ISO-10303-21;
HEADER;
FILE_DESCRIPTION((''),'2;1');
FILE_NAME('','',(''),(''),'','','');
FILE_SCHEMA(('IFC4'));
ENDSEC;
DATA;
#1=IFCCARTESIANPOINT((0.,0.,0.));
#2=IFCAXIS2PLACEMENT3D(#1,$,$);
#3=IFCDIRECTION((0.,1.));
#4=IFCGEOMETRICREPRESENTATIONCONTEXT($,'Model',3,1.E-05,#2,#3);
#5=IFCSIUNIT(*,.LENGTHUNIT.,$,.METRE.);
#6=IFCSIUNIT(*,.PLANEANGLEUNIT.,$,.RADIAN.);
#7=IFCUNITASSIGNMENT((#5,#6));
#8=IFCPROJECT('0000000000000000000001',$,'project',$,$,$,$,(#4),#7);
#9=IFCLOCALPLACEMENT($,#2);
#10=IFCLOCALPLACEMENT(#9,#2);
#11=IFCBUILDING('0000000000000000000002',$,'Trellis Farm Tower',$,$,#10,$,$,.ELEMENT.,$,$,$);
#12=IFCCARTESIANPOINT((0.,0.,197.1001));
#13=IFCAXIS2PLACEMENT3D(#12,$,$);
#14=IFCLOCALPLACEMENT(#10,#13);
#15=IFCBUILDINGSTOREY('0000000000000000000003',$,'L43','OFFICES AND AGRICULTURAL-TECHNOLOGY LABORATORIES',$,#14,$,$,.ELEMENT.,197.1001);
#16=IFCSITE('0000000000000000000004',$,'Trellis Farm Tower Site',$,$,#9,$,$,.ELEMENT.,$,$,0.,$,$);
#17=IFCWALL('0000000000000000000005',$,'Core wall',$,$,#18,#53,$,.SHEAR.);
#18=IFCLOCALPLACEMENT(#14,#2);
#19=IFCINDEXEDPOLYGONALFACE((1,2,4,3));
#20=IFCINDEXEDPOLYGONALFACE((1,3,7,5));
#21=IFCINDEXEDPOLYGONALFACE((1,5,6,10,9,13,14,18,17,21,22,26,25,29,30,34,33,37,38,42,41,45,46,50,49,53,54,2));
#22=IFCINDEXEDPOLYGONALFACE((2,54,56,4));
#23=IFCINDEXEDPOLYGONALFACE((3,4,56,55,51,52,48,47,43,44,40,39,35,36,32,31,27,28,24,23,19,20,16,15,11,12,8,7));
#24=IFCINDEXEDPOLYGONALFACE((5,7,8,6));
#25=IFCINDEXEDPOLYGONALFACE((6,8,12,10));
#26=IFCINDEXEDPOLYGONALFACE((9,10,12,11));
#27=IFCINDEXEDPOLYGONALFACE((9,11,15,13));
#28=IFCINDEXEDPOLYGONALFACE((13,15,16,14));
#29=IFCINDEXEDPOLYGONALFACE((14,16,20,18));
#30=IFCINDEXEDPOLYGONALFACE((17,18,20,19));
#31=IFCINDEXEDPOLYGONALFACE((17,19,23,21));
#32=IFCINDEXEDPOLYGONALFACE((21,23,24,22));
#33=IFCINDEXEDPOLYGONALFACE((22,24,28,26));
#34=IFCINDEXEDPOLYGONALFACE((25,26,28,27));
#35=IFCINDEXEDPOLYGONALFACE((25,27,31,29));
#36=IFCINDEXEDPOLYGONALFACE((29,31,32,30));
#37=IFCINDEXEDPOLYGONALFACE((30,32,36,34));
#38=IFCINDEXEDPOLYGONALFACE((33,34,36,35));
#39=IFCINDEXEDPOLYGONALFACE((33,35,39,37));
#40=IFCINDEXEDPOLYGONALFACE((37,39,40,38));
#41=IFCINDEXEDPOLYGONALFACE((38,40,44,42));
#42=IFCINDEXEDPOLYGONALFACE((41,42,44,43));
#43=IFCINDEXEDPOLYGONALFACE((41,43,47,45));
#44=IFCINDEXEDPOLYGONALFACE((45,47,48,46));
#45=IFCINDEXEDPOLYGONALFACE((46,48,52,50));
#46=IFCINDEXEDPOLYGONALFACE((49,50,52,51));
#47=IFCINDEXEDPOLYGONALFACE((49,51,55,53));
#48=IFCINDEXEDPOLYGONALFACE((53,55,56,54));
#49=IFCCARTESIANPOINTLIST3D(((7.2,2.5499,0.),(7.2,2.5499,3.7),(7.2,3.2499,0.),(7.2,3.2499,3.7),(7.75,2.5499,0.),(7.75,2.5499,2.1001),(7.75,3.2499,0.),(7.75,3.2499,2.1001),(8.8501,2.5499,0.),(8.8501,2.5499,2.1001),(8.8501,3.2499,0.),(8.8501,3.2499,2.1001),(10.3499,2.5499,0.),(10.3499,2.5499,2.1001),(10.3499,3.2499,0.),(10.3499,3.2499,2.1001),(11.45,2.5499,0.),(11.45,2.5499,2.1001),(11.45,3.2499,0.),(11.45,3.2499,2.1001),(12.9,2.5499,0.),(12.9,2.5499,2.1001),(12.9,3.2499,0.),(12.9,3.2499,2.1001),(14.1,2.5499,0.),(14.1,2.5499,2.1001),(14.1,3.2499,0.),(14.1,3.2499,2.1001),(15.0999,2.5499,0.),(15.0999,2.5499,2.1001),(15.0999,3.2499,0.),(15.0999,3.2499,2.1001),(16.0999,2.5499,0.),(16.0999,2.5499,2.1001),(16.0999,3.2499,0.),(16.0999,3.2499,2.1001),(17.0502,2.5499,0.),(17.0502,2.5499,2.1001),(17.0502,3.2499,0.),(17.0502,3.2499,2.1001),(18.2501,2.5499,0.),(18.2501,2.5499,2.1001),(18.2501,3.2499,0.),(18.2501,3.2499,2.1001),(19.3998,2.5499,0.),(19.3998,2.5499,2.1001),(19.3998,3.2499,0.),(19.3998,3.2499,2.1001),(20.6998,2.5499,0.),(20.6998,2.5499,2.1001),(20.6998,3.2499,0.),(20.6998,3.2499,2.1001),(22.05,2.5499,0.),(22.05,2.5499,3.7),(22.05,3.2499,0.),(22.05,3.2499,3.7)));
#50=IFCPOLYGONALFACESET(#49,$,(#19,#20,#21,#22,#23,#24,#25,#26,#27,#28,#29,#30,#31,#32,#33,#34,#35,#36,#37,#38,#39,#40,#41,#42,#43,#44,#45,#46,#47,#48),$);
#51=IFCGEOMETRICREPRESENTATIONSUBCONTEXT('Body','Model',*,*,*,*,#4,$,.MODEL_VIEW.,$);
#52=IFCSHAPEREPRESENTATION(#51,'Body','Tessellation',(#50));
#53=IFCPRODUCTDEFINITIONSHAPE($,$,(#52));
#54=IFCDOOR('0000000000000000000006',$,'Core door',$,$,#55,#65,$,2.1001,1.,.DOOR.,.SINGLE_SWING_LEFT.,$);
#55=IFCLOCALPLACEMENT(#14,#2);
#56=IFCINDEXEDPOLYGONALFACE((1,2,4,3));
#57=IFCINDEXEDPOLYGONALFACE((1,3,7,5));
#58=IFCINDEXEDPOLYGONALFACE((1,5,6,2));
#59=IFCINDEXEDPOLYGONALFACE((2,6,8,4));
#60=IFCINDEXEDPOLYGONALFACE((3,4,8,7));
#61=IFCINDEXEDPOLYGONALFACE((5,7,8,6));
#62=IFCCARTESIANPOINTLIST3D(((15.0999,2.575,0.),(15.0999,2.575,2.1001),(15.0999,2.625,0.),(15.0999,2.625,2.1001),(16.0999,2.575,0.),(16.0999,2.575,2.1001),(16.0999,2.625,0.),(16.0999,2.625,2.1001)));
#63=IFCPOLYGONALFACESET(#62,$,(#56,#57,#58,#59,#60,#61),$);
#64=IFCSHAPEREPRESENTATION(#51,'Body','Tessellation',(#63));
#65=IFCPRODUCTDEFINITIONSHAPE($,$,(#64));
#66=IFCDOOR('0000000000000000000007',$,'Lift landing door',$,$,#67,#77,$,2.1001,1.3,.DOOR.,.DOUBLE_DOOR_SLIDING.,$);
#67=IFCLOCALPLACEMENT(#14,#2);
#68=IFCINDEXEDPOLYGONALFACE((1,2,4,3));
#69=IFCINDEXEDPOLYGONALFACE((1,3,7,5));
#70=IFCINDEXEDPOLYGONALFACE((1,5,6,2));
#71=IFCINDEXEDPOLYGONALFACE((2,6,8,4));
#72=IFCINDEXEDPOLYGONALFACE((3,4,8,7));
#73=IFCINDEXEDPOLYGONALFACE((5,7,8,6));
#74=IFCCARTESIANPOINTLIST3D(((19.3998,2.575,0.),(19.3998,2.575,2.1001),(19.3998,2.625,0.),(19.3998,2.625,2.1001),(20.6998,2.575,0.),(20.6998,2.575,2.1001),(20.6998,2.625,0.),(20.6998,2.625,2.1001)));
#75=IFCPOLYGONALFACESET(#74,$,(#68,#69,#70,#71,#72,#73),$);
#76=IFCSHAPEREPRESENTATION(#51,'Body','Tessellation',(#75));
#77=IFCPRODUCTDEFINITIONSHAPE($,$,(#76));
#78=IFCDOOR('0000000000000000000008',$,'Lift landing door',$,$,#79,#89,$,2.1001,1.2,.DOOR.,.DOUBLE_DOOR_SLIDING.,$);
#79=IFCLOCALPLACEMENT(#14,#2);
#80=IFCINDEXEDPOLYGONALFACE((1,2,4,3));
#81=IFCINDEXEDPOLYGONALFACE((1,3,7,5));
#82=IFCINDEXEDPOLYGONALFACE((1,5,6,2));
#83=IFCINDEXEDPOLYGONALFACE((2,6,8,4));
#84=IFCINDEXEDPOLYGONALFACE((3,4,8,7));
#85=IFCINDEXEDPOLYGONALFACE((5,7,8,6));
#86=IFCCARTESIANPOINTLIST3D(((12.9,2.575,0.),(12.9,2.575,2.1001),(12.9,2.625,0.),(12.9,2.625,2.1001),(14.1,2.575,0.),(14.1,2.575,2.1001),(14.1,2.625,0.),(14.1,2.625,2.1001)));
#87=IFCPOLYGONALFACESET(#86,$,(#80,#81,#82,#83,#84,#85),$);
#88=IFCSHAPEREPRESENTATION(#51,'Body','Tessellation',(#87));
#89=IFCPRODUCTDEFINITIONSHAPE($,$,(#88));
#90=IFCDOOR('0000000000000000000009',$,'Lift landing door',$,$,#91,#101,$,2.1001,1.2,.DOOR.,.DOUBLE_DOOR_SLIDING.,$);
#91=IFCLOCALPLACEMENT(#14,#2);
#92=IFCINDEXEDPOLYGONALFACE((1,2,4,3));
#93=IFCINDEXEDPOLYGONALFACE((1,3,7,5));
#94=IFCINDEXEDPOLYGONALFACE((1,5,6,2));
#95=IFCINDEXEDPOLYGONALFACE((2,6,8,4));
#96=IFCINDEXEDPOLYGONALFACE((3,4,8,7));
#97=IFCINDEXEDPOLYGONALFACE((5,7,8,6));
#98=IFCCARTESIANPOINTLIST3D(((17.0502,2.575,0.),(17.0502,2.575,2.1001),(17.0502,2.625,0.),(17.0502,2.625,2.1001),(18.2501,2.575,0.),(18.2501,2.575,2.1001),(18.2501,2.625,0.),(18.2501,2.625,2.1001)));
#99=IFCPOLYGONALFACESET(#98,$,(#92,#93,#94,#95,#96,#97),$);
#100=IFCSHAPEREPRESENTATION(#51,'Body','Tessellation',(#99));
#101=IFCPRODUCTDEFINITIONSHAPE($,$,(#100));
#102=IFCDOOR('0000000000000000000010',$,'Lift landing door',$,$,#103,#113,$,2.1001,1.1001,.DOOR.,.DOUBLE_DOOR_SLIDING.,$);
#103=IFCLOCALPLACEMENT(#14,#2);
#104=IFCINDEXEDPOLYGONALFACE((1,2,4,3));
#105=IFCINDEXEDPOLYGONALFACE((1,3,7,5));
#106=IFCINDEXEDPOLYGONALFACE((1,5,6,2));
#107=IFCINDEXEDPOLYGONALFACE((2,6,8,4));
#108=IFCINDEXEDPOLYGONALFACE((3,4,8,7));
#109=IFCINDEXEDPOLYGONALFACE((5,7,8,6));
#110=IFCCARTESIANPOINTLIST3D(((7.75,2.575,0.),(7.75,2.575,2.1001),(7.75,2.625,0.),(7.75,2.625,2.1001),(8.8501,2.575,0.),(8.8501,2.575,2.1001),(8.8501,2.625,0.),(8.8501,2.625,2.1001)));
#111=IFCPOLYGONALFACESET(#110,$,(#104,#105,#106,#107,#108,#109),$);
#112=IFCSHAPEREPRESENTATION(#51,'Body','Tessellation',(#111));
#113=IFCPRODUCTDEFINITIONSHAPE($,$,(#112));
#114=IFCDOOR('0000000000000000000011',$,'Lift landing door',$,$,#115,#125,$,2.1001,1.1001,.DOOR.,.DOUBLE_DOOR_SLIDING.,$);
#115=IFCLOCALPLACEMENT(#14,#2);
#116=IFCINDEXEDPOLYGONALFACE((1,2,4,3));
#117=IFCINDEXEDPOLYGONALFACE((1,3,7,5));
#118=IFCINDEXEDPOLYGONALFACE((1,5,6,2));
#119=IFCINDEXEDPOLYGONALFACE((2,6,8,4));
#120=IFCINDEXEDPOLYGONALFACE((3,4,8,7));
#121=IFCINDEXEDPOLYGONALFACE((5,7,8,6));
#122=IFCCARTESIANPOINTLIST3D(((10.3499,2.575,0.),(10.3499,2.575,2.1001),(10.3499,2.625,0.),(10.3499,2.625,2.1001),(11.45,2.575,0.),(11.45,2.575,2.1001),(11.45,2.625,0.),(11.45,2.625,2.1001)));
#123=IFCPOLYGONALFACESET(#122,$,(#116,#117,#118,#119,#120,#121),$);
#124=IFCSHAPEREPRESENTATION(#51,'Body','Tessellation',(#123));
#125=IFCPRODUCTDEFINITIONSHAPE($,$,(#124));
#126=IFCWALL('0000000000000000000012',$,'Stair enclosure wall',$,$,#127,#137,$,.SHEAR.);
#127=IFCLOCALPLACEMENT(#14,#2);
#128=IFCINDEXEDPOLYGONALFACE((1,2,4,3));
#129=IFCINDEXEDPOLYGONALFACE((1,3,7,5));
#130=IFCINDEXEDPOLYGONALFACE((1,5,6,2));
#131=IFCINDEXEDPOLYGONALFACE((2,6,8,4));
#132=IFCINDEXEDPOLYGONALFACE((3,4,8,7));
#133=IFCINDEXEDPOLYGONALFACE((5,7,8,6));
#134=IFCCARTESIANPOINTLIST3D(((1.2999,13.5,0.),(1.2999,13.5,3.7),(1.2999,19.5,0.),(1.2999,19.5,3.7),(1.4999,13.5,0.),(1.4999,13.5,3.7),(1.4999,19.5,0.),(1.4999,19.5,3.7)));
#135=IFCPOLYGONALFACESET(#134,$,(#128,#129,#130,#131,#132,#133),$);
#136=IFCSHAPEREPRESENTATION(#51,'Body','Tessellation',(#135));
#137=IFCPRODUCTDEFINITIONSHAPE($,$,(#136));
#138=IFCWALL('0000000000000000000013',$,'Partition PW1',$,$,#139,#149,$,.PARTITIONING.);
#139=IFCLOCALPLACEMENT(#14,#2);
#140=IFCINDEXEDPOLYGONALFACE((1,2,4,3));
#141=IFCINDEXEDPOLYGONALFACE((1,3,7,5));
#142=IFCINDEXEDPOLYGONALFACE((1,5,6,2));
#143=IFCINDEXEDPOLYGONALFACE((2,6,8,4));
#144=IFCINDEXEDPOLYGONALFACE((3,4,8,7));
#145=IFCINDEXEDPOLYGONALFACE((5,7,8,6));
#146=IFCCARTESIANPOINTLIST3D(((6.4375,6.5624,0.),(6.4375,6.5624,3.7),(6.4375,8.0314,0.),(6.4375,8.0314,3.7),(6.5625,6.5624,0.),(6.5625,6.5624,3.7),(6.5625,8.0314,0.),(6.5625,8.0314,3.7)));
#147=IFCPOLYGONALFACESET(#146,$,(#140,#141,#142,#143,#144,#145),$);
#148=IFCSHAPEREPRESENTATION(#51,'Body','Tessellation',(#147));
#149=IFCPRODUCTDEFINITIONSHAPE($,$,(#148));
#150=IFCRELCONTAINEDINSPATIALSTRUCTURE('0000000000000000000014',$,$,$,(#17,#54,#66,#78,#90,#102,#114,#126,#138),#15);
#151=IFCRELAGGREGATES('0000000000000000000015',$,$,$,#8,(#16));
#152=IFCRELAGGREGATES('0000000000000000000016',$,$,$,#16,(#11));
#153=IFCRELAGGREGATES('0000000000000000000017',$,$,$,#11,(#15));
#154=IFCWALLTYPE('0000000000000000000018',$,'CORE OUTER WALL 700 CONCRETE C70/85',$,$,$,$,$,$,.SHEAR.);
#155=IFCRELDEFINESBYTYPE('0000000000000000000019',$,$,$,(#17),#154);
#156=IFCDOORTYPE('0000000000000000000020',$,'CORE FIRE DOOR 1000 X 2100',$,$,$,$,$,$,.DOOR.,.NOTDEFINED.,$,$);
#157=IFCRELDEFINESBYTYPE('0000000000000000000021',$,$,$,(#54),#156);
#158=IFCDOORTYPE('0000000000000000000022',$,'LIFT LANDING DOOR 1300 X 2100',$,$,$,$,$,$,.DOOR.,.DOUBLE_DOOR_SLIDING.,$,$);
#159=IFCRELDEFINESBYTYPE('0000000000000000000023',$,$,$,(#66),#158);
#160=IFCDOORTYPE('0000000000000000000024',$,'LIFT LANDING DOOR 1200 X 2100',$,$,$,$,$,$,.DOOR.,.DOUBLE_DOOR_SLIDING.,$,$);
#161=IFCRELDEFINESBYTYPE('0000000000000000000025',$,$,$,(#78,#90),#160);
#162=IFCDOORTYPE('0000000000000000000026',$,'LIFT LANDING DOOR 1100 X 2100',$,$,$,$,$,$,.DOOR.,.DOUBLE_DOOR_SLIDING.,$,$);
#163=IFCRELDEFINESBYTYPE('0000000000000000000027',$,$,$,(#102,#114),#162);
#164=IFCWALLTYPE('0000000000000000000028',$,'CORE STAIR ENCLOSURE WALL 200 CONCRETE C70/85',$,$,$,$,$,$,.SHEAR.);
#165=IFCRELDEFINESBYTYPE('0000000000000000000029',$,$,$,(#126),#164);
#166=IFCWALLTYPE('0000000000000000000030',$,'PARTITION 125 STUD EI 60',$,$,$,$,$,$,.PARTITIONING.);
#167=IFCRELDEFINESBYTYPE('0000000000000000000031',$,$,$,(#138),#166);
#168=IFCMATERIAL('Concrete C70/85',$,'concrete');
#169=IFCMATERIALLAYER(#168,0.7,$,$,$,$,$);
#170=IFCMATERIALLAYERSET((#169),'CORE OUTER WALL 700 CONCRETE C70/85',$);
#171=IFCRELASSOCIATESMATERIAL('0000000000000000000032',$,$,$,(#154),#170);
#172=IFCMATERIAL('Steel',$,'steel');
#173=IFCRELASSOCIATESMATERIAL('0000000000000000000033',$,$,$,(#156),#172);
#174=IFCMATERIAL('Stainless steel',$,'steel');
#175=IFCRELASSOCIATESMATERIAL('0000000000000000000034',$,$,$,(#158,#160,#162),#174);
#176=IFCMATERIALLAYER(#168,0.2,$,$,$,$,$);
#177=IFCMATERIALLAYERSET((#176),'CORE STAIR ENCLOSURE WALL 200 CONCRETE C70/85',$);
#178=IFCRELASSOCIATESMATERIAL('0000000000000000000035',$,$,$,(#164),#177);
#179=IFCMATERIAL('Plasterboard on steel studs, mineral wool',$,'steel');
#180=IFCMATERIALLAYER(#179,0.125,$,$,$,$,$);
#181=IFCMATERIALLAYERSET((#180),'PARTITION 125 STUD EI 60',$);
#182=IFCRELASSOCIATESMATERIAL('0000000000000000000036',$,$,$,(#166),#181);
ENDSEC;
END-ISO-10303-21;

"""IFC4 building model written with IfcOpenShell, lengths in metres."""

from ifc_helpers import new_model, si_unit, direction, frame, frame_2d, origin, place, context, subcontext, project, spatial, rectangle, extrude, source, transform, mapped, material, layer, layer_set, type_object, element, fill, save


model = new_model("IFC4")

# Units and contexts
model_context = context("Model", 3, precision=1e-05, world=origin(), true_north=direction((0.0, 1.0)))
body_context = subcontext(model_context, "Body", "Model", "MODEL_VIEW")
ifc_project = project(units=[si_unit("LENGTHUNIT", "METRE"), si_unit("PLANEANGLEUNIT", "RADIAN")], contexts=[model_context])

# Site, building, storey
site_placement = place(None, origin())
site = spatial("IfcSite", under=ifc_project, at=site_placement, Name="Trellis Farm Tower Site", CompositionType="ELEMENT", RefElevation=0.0)
building_placement = place(site_placement, origin())
building = spatial("IfcBuilding", under=site, at=building_placement, Name="Trellis Farm Tower", CompositionType="ELEMENT")
storey_placement = place(building_placement, frame((0.0, 0.0, 197.1001)))
storey = spatial("IfcBuildingStorey", under=building, at=storey_placement, Name="L43", Description="OFFICES AND AGRICULTURAL-TECHNOLOGY LABORATORIES", CompositionType="ELEMENT", Elevation=197.1001)

# Shared definitions
ifc_material_1 = material(Name="Concrete C70/85", Category="concrete")

# Wall, openings, doors
ifc_layer_1 = layer(ifc_material_1, 0.7)
ifc_layer_set_1 = layer_set([ifc_layer_1], Name="CORE OUTER WALL 700 CONCRETE C70/85")
wall_type_1 = type_object("IfcWallType", Name="CORE OUTER WALL 700 CONCRETE C70/85", PredefinedType="SHEAR", material=ifc_layer_set_1)
shared_shape_1 = source(origin(), body_context, "Body", "SweptSolid", [
    extrude(rectangle(XDim=14.8501, YDim=0.7, at=frame_2d((7.425, 0.0))), origin(), (0.0, 0.0, 1.0), 3.7),
])
wall_1_placement = place(storey_placement, frame((7.2, 2.8999, 0.0), z_axis=(0.0, 0.0, 1.0), x_axis=(1.0, 0.0, 0.0)))
wall_1 = element("IfcWall", 1, at=wall_1_placement, inside=storey, type_object=wall_type_1, Name="Core wall", PredefinedType="SHEAR", context=body_context, shape_type="MappedRepresentation", body=[
    mapped(shared_shape_1, transform((0.0, 0.0, 0.0))),
])
shared_shape_2 = source(origin(), body_context, "Body", "SweptSolid", [
    extrude(rectangle(XDim=1.1001, YDim=2.1001, at=frame_2d((0.55, 1.05))), frame((0.0, 0.3601, 0.0), z_axis=(0.0, -1.0, 0.0), x_axis=(1.0, 0.0, 0.0)), (0.0, 0.0, 1.0), 0.7202),
])
opening_1_placement = place(wall_1_placement, frame((0.55, 0.0, 0.0)))
opening_1 = element("IfcOpeningElement", 2, at=opening_1_placement, cuts=wall_1, PredefinedType="OPENING", context=body_context, shape_type="MappedRepresentation", body=[
    mapped(shared_shape_2, transform((0.0, 0.0, 0.0))),
])
opening_2_placement = place(wall_1_placement, frame((3.1499, 0.0, 0.0)))
opening_2 = element("IfcOpeningElement", 3, at=opening_2_placement, cuts=wall_1, PredefinedType="OPENING", context=body_context, shape_type="MappedRepresentation", body=[
    mapped(shared_shape_2, transform((0.0, 0.0, 0.0))),
])
shared_shape_3 = source(origin(), body_context, "Body", "SweptSolid", [
    extrude(rectangle(XDim=1.2, YDim=2.1001, at=frame_2d((0.6001, 1.05))), frame((0.0, 0.3601, 0.0), z_axis=(0.0, -1.0, 0.0), x_axis=(1.0, 0.0, 0.0)), (0.0, 0.0, 1.0), 0.7202),
])
opening_3_placement = place(wall_1_placement, frame((5.7, 0.0, 0.0)))
opening_3 = element("IfcOpeningElement", 4, at=opening_3_placement, cuts=wall_1, PredefinedType="OPENING", context=body_context, shape_type="MappedRepresentation", body=[
    mapped(shared_shape_3, transform((0.0, 0.0, 0.0))),
])
shared_shape_4 = source(origin(), body_context, "Body", "SweptSolid", [
    extrude(rectangle(XDim=1.3, YDim=2.1001, at=frame_2d((0.6499, 1.05))), frame((0.0, 0.3601, 0.0), z_axis=(0.0, -1.0, 0.0), x_axis=(1.0, 0.0, 0.0)), (0.0, 0.0, 1.0), 0.7202),
])
opening_4_placement = place(wall_1_placement, frame((12.2, 0.0, 0.0)))
opening_4 = element("IfcOpeningElement", 5, at=opening_4_placement, cuts=wall_1, PredefinedType="OPENING", context=body_context, shape_type="MappedRepresentation", body=[
    mapped(shared_shape_4, transform((0.0, 0.0, 0.0))),
])
opening_5_placement = place(wall_1_placement, frame((9.8501, 0.0, 0.0)))
opening_5 = element("IfcOpeningElement", 6, at=opening_5_placement, cuts=wall_1, PredefinedType="OPENING", context=body_context, shape_type="MappedRepresentation", body=[
    mapped(shared_shape_3, transform((0.0, 0.0, 0.0))),
])
shared_shape_5 = source(origin(), body_context, "Body", "SweptSolid", [
    extrude(rectangle(XDim=1.0, YDim=2.1001, at=frame_2d((0.5, 1.05))), frame((0.0, 0.3601, 0.0), z_axis=(0.0, -1.0, 0.0), x_axis=(1.0, 0.0, 0.0)), (0.0, 0.0, 1.0), 0.7202),
])
opening_6_placement = place(wall_1_placement, frame((7.8999, 0.0, 0.0)))
opening_6 = element("IfcOpeningElement", 7, at=opening_6_placement, cuts=wall_1, PredefinedType="OPENING", context=body_context, shape_type="MappedRepresentation", body=[
    mapped(shared_shape_5, transform((0.0, 0.0, 0.0))),
])
ifc_material_2 = material(Name="Steel", Category="steel")
door_type_1 = type_object("IfcDoorType", Name="CORE FIRE DOOR 1000 X 2100", OperationType="NOTDEFINED", PredefinedType="DOOR", material=ifc_material_2)
shared_shape_6 = source(origin(), body_context, "Body", "SweptSolid", [
    extrude(rectangle(XDim=1.0, YDim=2.1001, at=frame_2d((0.5, 1.05))), frame((0.0, -0.2749, 0.0), z_axis=(0.0, -1.0, 0.0), x_axis=(1.0, 0.0, 0.0)), (0.0, 0.0, 1.0), 0.05),
])
door_1_placement = place(opening_6_placement, origin())
door_1 = element("IfcDoor", 8, at=door_1_placement, inside=storey, type_object=door_type_1, Name="Core door", OperationType="SINGLE_SWING_LEFT", OverallHeight=2.1001, OverallWidth=1.0, PredefinedType="DOOR", context=body_context, shape_type="MappedRepresentation", body=[
    mapped(shared_shape_6, transform((0.0, 0.0, 0.0))),
])
fill(opening_6, door_1)
ifc_material_3 = material(Name="Stainless steel", Category="steel")
door_type_2 = type_object("IfcDoorType", Name="LIFT LANDING DOOR 1300 X 2100", OperationType="DOUBLE_DOOR_SLIDING", PredefinedType="DOOR", material=ifc_material_3)
shared_shape_7 = source(origin(), body_context, "Body", "SweptSolid", [
    extrude(rectangle(XDim=1.3, YDim=2.1001, at=frame_2d((0.6499, 1.05))), frame((0.0, -0.2749, 0.0), z_axis=(0.0, -1.0, 0.0), x_axis=(1.0, 0.0, 0.0)), (0.0, 0.0, 1.0), 0.05),
])
door_2_placement = place(opening_4_placement, origin())
door_2 = element("IfcDoor", 9, at=door_2_placement, inside=storey, type_object=door_type_2, Name="Lift landing door", OperationType="DOUBLE_DOOR_SLIDING", OverallHeight=2.1001, OverallWidth=1.3, PredefinedType="DOOR", context=body_context, shape_type="MappedRepresentation", body=[
    mapped(shared_shape_7, transform((0.0, 0.0, 0.0))),
])
fill(opening_4, door_2)
door_type_3 = type_object("IfcDoorType", Name="LIFT LANDING DOOR 1200 X 2100", OperationType="DOUBLE_DOOR_SLIDING", PredefinedType="DOOR", material=ifc_material_3)
shared_shape_8 = source(origin(), body_context, "Body", "SweptSolid", [
    extrude(rectangle(XDim=1.2, YDim=2.1001, at=frame_2d((0.6001, 1.05))), frame((0.0, -0.2749, 0.0), z_axis=(0.0, -1.0, 0.0), x_axis=(1.0, 0.0, 0.0)), (0.0, 0.0, 1.0), 0.05),
])
door_3_placement = place(opening_3_placement, origin())
door_3 = element("IfcDoor", 10, at=door_3_placement, inside=storey, type_object=door_type_3, Name="Lift landing door", OperationType="DOUBLE_DOOR_SLIDING", OverallHeight=2.1001, OverallWidth=1.2, PredefinedType="DOOR", context=body_context, shape_type="MappedRepresentation", body=[
    mapped(shared_shape_8, transform((0.0, 0.0, 0.0))),
])
fill(opening_3, door_3)
door_4_placement = place(opening_5_placement, origin())
door_4 = element("IfcDoor", 11, at=door_4_placement, inside=storey, type_object=door_type_3, Name="Lift landing door", OperationType="DOUBLE_DOOR_SLIDING", OverallHeight=2.1001, OverallWidth=1.2, PredefinedType="DOOR", context=body_context, shape_type="MappedRepresentation", body=[
    mapped(shared_shape_8, transform((0.0, 0.0, 0.0))),
])
fill(opening_5, door_4)
door_type_4 = type_object("IfcDoorType", Name="LIFT LANDING DOOR 1100 X 2100", OperationType="DOUBLE_DOOR_SLIDING", PredefinedType="DOOR", material=ifc_material_3)
shared_shape_9 = source(origin(), body_context, "Body", "SweptSolid", [
    extrude(rectangle(XDim=1.1001, YDim=2.1001, at=frame_2d((0.55, 1.05))), frame((0.0, -0.2749, 0.0), z_axis=(0.0, -1.0, 0.0), x_axis=(1.0, 0.0, 0.0)), (0.0, 0.0, 1.0), 0.05),
])
door_5_placement = place(opening_1_placement, origin())
door_5 = element("IfcDoor", 12, at=door_5_placement, inside=storey, type_object=door_type_4, Name="Lift landing door", OperationType="DOUBLE_DOOR_SLIDING", OverallHeight=2.1001, OverallWidth=1.1001, PredefinedType="DOOR", context=body_context, shape_type="MappedRepresentation", body=[
    mapped(shared_shape_9, transform((0.0, 0.0, 0.0))),
])
fill(opening_1, door_5)
door_6_placement = place(opening_2_placement, origin())
door_6 = element("IfcDoor", 13, at=door_6_placement, inside=storey, type_object=door_type_4, Name="Lift landing door", OperationType="DOUBLE_DOOR_SLIDING", OverallHeight=2.1001, OverallWidth=1.1001, PredefinedType="DOOR", context=body_context, shape_type="MappedRepresentation", body=[
    mapped(shared_shape_9, transform((0.0, 0.0, 0.0))),
])
fill(opening_2, door_6)

# Walls
ifc_layer_2 = layer(ifc_material_1, 0.2)
ifc_layer_set_2 = layer_set([ifc_layer_2], Name="CORE STAIR ENCLOSURE WALL 200 CONCRETE C70/85")
wall_type_2 = type_object("IfcWallType", Name="CORE STAIR ENCLOSURE WALL 200 CONCRETE C70/85", PredefinedType="SHEAR", material=ifc_layer_set_2)
shared_shape_10 = source(origin(), body_context, "Body", "SweptSolid", [
    extrude(rectangle(XDim=6.0, YDim=0.2, at=frame_2d((3.0, 0.0))), origin(), (0.0, 0.0, 1.0), 3.7),
])
wall_2_placement = place(storey_placement, frame((1.3999, 13.5, 0.0), z_axis=(0.0, 0.0, 1.0), x_axis=(0.0, 1.0, 0.0)))
element("IfcWall", 14, at=wall_2_placement, inside=storey, type_object=wall_type_2, Name="Stair enclosure wall", PredefinedType="SHEAR", context=body_context, shape_type="MappedRepresentation", body=[
    mapped(shared_shape_10, transform((0.0, 0.0, 0.0))),
])
ifc_material_4 = material(Name="Plasterboard on steel studs, mineral wool", Category="steel")
ifc_layer_3 = layer(ifc_material_4, 0.125)
ifc_layer_set_3 = layer_set([ifc_layer_3], Name="PARTITION 125 STUD EI 60")
wall_type_3 = type_object("IfcWallType", Name="PARTITION 125 STUD EI 60", PredefinedType="PARTITIONING", material=ifc_layer_set_3)
shared_shape_11 = source(origin(), body_context, "Body", "SweptSolid", [
    extrude(rectangle(XDim=1.469, YDim=0.125, at=frame_2d((0.7344, 0.0))), origin(), (0.0, 0.0, 1.0), 3.7),
])
wall_3_placement = place(storey_placement, frame((6.5, 6.5625, 0.0), z_axis=(0.0, 0.0, 1.0), x_axis=(0.0, 1.0, 0.0)))
element("IfcWall", 15, at=wall_3_placement, inside=storey, type_object=wall_type_3, Name="Partition PW1", PredefinedType="PARTITIONING", context=body_context, shape_type="MappedRepresentation", body=[
    mapped(shared_shape_11, transform((0.0, 0.0, 0.0))),
])

save(model, "model.ifc")
